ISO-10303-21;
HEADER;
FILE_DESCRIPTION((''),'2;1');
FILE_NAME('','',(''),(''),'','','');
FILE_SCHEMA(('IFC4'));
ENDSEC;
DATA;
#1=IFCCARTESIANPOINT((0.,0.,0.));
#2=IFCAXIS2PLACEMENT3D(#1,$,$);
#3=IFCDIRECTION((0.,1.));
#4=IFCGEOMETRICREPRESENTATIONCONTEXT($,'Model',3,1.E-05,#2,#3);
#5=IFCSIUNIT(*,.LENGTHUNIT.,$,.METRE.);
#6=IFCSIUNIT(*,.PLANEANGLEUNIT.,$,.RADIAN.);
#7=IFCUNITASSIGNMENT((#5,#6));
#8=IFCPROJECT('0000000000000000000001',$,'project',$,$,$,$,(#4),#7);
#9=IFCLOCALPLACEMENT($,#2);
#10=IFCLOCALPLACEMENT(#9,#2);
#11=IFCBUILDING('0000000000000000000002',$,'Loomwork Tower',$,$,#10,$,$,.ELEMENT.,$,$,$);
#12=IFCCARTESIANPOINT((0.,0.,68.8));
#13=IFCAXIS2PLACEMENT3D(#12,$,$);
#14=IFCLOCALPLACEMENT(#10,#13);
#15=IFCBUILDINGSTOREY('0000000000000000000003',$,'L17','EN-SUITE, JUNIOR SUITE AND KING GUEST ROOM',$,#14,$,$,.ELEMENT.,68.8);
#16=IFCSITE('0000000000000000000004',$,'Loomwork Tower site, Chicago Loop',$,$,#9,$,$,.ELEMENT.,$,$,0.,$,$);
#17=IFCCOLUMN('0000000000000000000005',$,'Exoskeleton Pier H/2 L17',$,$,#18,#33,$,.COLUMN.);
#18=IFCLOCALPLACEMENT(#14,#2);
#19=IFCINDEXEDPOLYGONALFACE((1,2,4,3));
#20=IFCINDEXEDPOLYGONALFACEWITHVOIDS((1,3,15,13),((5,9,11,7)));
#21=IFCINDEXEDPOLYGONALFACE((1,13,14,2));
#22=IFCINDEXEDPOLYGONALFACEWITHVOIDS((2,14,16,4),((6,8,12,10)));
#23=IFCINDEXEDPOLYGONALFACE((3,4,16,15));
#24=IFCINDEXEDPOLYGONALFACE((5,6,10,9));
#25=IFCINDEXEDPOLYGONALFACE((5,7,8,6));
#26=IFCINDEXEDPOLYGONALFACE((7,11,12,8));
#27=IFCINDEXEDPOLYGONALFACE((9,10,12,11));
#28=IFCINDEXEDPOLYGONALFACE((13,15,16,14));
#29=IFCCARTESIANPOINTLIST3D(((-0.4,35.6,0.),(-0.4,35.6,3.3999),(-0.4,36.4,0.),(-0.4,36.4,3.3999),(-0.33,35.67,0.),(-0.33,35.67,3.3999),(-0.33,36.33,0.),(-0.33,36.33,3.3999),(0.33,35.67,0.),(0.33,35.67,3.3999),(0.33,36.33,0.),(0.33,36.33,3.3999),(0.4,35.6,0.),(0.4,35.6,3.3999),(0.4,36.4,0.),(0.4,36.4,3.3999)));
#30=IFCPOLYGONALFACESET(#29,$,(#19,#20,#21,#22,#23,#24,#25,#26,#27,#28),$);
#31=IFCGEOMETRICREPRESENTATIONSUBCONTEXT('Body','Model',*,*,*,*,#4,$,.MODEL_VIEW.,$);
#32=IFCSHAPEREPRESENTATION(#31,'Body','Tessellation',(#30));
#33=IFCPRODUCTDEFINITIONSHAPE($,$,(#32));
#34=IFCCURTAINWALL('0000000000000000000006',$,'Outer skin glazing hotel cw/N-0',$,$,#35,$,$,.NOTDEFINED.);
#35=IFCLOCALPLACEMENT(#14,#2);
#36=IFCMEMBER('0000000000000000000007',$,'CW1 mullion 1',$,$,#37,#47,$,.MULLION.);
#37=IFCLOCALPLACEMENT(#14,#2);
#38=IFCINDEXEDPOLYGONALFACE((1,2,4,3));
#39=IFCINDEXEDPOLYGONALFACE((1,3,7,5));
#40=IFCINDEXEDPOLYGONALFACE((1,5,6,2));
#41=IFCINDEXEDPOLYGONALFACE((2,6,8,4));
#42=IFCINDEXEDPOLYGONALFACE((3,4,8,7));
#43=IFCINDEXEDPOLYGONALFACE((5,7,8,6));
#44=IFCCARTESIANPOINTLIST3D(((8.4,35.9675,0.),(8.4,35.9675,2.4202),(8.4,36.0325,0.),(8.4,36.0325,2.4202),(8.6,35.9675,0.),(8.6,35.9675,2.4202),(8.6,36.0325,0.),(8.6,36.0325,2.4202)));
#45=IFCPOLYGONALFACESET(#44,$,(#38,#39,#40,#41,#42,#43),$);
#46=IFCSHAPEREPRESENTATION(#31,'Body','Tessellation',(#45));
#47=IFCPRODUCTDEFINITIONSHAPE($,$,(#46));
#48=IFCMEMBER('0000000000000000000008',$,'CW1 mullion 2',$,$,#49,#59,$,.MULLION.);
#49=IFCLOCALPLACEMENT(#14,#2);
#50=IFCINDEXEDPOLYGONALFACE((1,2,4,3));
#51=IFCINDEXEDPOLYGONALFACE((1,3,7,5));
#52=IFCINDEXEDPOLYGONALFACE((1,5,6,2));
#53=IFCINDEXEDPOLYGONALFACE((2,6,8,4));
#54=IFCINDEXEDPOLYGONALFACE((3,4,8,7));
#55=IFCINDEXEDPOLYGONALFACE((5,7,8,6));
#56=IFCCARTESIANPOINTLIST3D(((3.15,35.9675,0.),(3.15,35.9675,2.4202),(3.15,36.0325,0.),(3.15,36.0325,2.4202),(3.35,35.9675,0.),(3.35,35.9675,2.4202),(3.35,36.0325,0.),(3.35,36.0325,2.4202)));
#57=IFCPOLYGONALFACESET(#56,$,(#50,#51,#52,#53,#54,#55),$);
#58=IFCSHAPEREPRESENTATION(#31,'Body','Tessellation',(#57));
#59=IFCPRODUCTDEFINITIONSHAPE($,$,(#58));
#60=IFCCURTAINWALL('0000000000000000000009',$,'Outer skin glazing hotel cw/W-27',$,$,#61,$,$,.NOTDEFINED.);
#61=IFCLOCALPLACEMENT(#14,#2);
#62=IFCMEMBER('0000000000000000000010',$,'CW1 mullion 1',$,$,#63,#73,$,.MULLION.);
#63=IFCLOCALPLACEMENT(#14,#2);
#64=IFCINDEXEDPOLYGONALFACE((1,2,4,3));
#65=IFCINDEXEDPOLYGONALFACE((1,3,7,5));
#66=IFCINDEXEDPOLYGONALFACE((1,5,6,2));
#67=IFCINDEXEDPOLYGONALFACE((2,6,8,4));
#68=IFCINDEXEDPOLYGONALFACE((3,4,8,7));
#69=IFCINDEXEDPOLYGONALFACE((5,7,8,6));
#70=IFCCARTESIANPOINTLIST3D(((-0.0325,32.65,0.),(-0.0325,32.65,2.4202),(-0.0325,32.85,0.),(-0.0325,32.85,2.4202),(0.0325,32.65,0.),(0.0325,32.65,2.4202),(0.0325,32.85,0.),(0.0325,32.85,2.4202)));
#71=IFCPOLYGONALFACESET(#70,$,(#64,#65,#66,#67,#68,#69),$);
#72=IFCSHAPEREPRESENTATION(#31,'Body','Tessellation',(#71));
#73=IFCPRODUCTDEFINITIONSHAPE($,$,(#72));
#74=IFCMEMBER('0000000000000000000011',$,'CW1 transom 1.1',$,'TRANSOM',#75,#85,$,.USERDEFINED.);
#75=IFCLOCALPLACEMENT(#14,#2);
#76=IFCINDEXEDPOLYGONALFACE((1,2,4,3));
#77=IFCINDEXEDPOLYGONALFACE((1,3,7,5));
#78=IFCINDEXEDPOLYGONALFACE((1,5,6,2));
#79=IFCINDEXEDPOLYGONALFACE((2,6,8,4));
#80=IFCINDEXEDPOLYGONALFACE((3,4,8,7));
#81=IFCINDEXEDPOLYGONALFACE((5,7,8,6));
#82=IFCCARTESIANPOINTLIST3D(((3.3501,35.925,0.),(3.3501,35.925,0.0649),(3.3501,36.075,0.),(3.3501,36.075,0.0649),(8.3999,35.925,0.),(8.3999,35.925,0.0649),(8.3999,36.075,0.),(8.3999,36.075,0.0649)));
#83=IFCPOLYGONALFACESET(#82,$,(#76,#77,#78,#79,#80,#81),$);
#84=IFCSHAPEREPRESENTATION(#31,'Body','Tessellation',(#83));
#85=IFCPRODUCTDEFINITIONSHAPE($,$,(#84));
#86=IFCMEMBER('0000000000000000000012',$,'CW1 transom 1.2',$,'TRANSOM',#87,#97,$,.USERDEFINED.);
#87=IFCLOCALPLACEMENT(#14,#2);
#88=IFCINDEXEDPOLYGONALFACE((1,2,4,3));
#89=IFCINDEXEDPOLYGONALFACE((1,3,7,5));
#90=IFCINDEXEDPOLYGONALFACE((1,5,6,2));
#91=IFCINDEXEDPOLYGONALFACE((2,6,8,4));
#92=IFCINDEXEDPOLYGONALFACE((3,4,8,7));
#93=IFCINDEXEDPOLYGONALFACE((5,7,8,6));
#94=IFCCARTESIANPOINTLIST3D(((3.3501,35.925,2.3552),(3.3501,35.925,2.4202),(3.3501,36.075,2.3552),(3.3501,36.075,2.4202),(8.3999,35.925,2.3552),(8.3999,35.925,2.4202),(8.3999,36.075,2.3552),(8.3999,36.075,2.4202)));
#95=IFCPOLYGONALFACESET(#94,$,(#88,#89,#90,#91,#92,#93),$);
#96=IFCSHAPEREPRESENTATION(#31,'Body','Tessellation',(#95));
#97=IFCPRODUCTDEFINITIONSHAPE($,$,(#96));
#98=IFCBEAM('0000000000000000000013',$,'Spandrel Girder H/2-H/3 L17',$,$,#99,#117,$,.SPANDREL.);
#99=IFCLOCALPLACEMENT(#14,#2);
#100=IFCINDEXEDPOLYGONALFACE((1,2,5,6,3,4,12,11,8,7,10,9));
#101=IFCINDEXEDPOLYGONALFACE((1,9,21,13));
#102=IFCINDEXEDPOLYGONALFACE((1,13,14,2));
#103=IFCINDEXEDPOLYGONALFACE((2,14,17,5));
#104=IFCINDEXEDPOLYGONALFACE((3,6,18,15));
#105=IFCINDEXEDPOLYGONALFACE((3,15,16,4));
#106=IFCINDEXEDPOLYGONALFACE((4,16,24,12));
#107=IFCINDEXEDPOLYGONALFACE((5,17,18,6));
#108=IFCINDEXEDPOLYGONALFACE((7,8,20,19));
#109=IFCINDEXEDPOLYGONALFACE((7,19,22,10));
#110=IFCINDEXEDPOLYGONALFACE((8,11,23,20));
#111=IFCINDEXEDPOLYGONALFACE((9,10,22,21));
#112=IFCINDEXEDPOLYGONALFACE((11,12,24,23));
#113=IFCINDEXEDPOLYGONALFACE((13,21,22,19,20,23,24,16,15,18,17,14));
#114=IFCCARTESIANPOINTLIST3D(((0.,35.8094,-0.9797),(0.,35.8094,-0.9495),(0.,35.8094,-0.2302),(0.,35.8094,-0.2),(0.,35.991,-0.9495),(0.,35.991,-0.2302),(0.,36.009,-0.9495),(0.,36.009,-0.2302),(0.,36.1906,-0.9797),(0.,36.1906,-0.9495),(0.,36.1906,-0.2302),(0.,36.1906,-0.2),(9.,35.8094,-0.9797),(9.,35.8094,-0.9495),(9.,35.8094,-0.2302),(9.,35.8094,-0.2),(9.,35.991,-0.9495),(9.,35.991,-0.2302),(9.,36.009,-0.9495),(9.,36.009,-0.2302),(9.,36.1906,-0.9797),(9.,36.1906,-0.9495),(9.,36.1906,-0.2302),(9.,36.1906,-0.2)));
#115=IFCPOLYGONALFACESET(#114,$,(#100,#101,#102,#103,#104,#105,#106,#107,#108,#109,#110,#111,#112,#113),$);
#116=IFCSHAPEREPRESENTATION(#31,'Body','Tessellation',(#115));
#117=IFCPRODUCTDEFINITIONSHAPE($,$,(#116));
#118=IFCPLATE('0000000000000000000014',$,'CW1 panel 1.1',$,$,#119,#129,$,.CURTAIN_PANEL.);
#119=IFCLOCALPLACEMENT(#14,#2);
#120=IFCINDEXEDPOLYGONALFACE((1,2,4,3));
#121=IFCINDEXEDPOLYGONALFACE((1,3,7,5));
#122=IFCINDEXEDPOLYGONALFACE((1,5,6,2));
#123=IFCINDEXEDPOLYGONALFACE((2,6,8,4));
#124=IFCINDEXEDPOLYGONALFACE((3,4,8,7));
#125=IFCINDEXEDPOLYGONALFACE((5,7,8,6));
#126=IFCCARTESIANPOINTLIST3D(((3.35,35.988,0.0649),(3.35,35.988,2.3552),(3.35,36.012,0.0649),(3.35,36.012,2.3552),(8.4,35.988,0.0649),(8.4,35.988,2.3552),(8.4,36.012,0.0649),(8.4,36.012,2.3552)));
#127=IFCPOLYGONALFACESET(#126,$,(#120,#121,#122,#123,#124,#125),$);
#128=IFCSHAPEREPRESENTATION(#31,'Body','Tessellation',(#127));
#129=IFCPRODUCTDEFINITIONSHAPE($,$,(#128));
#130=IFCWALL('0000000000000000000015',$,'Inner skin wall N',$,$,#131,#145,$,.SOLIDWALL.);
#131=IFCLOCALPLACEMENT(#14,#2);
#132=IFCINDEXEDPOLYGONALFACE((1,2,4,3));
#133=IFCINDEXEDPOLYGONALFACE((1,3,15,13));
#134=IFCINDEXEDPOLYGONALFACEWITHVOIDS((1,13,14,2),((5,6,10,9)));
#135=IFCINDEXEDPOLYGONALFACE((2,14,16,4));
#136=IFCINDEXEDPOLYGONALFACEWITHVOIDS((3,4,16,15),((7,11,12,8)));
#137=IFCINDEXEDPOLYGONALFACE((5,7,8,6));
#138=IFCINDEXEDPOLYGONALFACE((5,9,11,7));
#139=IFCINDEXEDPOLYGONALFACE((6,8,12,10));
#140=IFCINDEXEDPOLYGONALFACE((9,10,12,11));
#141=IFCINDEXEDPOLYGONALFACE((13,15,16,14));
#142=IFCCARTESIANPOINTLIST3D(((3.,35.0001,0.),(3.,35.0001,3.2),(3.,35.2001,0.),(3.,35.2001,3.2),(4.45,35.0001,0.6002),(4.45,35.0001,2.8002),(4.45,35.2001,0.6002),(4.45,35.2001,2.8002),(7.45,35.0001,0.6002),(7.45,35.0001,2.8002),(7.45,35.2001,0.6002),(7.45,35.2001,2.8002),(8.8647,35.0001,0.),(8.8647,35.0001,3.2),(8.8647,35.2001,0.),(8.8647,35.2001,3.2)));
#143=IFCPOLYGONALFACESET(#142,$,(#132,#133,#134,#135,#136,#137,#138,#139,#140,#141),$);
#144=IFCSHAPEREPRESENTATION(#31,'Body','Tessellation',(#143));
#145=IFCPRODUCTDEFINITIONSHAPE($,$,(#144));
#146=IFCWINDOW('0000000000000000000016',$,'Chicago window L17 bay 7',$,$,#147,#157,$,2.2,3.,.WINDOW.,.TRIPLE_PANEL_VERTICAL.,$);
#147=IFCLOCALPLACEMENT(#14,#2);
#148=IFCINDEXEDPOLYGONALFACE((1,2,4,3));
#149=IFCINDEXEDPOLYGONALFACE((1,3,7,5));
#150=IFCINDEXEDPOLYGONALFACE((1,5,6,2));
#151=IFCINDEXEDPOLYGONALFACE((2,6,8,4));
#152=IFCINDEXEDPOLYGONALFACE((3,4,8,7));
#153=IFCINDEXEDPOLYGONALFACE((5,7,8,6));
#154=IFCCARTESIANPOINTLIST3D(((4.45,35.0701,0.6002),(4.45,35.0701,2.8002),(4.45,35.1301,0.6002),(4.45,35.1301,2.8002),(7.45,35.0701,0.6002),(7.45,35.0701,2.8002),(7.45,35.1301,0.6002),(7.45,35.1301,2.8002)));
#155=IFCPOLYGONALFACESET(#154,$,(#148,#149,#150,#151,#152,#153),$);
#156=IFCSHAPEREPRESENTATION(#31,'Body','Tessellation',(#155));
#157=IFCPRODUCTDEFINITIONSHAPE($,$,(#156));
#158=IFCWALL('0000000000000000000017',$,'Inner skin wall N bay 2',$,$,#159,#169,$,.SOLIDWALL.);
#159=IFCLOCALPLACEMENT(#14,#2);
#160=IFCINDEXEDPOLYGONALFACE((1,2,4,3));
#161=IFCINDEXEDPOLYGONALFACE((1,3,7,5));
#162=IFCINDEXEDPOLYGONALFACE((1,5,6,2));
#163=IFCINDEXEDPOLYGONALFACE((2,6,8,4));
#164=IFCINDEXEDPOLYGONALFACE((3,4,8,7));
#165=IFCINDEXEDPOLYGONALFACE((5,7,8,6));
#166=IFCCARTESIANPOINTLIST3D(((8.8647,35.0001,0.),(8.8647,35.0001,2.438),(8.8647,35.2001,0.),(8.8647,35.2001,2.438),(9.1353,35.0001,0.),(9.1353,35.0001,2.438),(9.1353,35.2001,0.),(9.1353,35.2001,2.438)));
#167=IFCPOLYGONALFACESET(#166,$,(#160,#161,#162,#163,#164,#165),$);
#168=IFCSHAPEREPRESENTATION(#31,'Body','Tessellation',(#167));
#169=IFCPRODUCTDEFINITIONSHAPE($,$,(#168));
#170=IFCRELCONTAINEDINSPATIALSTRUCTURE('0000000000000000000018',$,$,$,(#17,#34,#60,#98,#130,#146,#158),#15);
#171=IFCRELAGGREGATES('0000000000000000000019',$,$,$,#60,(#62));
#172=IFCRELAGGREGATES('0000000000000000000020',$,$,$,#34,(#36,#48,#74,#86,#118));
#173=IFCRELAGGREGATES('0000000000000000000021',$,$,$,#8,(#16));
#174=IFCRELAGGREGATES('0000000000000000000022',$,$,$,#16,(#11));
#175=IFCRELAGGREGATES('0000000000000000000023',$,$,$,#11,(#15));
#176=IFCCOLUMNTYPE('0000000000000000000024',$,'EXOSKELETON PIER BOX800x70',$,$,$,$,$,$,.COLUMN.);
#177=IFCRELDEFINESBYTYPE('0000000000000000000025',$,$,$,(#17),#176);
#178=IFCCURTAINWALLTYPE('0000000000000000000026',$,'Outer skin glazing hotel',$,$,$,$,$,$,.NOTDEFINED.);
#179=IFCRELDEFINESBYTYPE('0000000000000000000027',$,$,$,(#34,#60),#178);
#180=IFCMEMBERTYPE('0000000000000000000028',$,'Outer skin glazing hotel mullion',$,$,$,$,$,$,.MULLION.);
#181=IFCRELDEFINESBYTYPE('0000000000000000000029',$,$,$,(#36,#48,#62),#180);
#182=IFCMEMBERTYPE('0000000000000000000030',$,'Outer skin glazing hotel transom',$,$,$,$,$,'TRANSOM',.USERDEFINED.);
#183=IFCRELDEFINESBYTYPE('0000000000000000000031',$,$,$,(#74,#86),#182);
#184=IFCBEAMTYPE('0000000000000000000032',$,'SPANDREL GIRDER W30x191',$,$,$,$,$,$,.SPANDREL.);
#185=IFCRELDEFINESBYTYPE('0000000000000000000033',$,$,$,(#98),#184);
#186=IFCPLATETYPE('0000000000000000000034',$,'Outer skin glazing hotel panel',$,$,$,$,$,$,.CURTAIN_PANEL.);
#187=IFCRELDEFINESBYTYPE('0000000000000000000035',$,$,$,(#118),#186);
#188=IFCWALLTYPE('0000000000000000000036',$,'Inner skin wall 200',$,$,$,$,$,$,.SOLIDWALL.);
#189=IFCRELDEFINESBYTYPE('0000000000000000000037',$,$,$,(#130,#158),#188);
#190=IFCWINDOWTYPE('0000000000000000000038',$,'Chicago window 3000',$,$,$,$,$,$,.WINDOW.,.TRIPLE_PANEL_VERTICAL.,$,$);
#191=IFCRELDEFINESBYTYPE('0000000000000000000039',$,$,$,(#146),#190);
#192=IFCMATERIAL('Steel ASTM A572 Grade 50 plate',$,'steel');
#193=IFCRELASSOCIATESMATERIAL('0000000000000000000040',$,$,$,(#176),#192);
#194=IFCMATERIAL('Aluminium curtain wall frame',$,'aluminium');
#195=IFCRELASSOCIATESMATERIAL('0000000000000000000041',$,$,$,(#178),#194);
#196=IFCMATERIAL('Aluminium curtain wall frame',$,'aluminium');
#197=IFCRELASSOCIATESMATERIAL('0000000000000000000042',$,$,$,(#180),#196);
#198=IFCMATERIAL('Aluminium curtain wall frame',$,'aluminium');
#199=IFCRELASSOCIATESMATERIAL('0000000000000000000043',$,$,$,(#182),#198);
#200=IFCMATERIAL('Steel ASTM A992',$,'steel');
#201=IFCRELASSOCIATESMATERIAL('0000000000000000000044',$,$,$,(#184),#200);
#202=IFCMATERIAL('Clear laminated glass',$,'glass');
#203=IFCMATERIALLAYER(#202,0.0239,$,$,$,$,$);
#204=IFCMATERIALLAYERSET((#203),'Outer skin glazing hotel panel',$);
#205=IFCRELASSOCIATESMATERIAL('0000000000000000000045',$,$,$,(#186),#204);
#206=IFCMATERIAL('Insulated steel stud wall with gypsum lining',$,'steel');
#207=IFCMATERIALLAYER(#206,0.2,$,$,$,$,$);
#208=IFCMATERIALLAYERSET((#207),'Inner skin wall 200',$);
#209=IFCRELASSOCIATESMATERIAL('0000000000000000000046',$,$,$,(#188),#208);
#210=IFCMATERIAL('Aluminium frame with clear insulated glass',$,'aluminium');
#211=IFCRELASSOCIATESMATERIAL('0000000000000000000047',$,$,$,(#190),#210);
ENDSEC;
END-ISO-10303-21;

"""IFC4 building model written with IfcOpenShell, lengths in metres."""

from ifc_helpers import new_model, si_unit, direction, frame, frame_2d, origin, origin_2d, place, context, subcontext, project, spatial, rectangle, hollow_rectangle, i_section, extrude, material, layer, layer_set, material_profile, profile_set, type_object, element, fill, aggregate, save


model = new_model("IFC4")

# Units and contexts
model_context = context("Model", 3, precision=1e-05, world=origin(), true_north=direction((0.0, 1.0)))
body_context = subcontext(model_context, "Body", "Model", "MODEL_VIEW")
ifc_project = project(units=[si_unit("LENGTHUNIT", "METRE"), si_unit("PLANEANGLEUNIT", "RADIAN")], contexts=[model_context])

# Site, building, storey
site_placement = place(None, origin())
site = spatial("IfcSite", under=ifc_project, at=site_placement, Name="Loomwork Tower site, Chicago Loop", CompositionType="ELEMENT", RefElevation=0.0)
building_placement = place(site_placement, origin())
building = spatial("IfcBuilding", under=site, at=building_placement, Name="Loomwork Tower", CompositionType="ELEMENT")
storey_placement = place(building_placement, frame((0.0, 0.0, 68.8)))
storey = spatial("IfcBuildingStorey", under=building, at=storey_placement, Name="L17", Description="EN-SUITE, JUNIOR SUITE AND KING GUEST ROOM", CompositionType="ELEMENT", Elevation=68.8)

# Column
ifc_material_1 = material(Name="Steel ASTM A572 Grade 50 plate", Category="steel")
ifc_material_profile_1 = material_profile(ifc_material_1, hollow_rectangle(XDim=0.8, YDim=0.8, WallThickness=0.0701, at=origin_2d()), Name="BOX800x70")
ifc_profile_set_1 = profile_set([ifc_material_profile_1], Name="Steel ASTM A572 Grade 50 plate")
column_type = type_object("IfcColumnType", Name="EXOSKELETON PIER BOX800x70", PredefinedType="COLUMN", material=ifc_profile_set_1)
column_placement = place(storey_placement, frame((0.0, 36.0, 0.0), z_axis=(0.0, 0.0, 1.0), x_axis=(1.0, 0.0, 0.0)))
element("IfcColumn", 1, at=column_placement, inside=storey, type_object=column_type, Name="Exoskeleton Pier H/2 L17", PredefinedType="COLUMN", context=body_context, shape_type="SweptSolid", body=[
    extrude(hollow_rectangle(XDim=0.8, YDim=0.8, WallThickness=0.0701, at=origin_2d()), origin(), (0.0, 0.0, 1.0), 3.3999),
])

# Curtain wall, members
ifc_material_2 = material(Name="Aluminium curtain wall frame", Category="aluminium")
curtain_wall_type = type_object("IfcCurtainWallType", Name="Outer skin glazing hotel", PredefinedType="NOTDEFINED", material=ifc_material_2)
curtain_wall_1_placement = place(storey_placement, origin())
curtain_wall_1 = element("IfcCurtainWall", 2, at=curtain_wall_1_placement, inside=storey, type_object=curtain_wall_type, Name="Outer skin glazing hotel cw/N-0", PredefinedType="NOTDEFINED")
ifc_material_3 = material(Name="Aluminium curtain wall frame", Category="aluminium")
ifc_material_profile_2 = material_profile(ifc_material_3, rectangle(XDim=0.0649, YDim=0.2, at=origin_2d()), Name="AL 65x200")
ifc_profile_set_2 = profile_set([ifc_material_profile_2], Name="Aluminium curtain wall frame")
member_type_1 = type_object("IfcMemberType", Name="Outer skin glazing hotel mullion", PredefinedType="MULLION", material=ifc_profile_set_2)
member_1_placement = place(storey_placement, frame((8.5, 36.0, 0.0), z_axis=(0.0, 0.0, 1.0), x_axis=(0.0, -1.0, 0.0)))
member_1 = element("IfcMember", 3, at=member_1_placement, type_object=member_type_1, Name="CW1 mullion 1", PredefinedType="MULLION", context=body_context, shape_type="SweptSolid", body=[
    extrude(rectangle(XDim=0.0649, YDim=0.2, at=origin_2d()), origin(), (0.0, 0.0, 1.0), 2.4202),
])
member_2_placement = place(storey_placement, frame((3.25, 36.0, 0.0), z_axis=(0.0, 0.0, 1.0), x_axis=(0.0, -1.0, 0.0)))
member_2 = element("IfcMember", 4, at=member_2_placement, type_object=member_type_1, Name="CW1 mullion 2", PredefinedType="MULLION", context=body_context, shape_type="SweptSolid", body=[
    extrude(rectangle(XDim=0.0649, YDim=0.2, at=origin_2d()), origin(), (0.0, 0.0, 1.0), 2.4202),
])

# Curtain wall, member
curtain_wall_2_placement = place(storey_placement, origin())
curtain_wall_2 = element("IfcCurtainWall", 5, at=curtain_wall_2_placement, inside=storey, type_object=curtain_wall_type, Name="Outer skin glazing hotel cw/W-27", PredefinedType="NOTDEFINED")
member_3_placement = place(storey_placement, frame((0.0, 32.75, 0.0), z_axis=(0.0, 0.0, 1.0), x_axis=(1.0, 0.0, 0.0)))
member_3 = element("IfcMember", 6, at=member_3_placement, type_object=member_type_1, Name="CW1 mullion 1", PredefinedType="MULLION", context=body_context, shape_type="SweptSolid", body=[
    extrude(rectangle(XDim=0.0649, YDim=0.2, at=origin_2d()), origin(), (0.0, 0.0, 1.0), 2.4202),
])
aggregate(curtain_wall_2, [member_3])

# Members
ifc_material_4 = material(Name="Aluminium curtain wall frame", Category="aluminium")
ifc_material_profile_3 = material_profile(ifc_material_4, rectangle(XDim=0.1499, YDim=0.0649, at=origin_2d()), Name="AL 65x150")
ifc_profile_set_3 = profile_set([ifc_material_profile_3], Name="Aluminium curtain wall frame")
member_type_2 = type_object("IfcMemberType", Name="Outer skin glazing hotel transom", ElementType="TRANSOM", PredefinedType="USERDEFINED", material=ifc_profile_set_3)
member_4_placement = place(storey_placement, frame((8.3999, 36.0, 0.0325), z_axis=(-1.0, 0.0, 0.0), x_axis=(0.0, -1.0, 0.0)))
member_4 = element("IfcMember", 7, at=member_4_placement, type_object=member_type_2, Name="CW1 transom 1.1", ObjectType="TRANSOM", PredefinedType="USERDEFINED", context=body_context, shape_type="SweptSolid", body=[
    extrude(rectangle(XDim=0.1499, YDim=0.0649, at=origin_2d()), origin(), (0.0, 0.0, 1.0), 5.0498),
])
member_5_placement = place(storey_placement, frame((8.3999, 36.0, 2.3877), z_axis=(-1.0, 0.0, 0.0), x_axis=(0.0, -1.0, 0.0)))
member_5 = element("IfcMember", 8, at=member_5_placement, type_object=member_type_2, Name="CW1 transom 1.2", ObjectType="TRANSOM", PredefinedType="USERDEFINED", context=body_context, shape_type="SweptSolid", body=[
    extrude(rectangle(XDim=0.1499, YDim=0.0649, at=origin_2d()), origin(), (0.0, 0.0, 1.0), 5.0498),
])

# Beam
ifc_material_5 = material(Name="Steel ASTM A992", Category="steel")
ifc_material_profile_4 = material_profile(ifc_material_5, i_section(OverallWidth=0.3811, OverallDepth=0.7798, WebThickness=0.0181, FlangeThickness=0.0303, at=origin_2d()), Name="W30x191")
ifc_profile_set_4 = profile_set([ifc_material_profile_4], Name="Steel ASTM A992")
beam_type = type_object("IfcBeamType", Name="SPANDREL GIRDER W30x191", PredefinedType="SPANDREL", material=ifc_profile_set_4)
beam_placement = place(storey_placement, frame((0.0, 36.0, -0.5898), z_axis=(1.0, 0.0, 0.0), x_axis=(0.0, 1.0, 0.0)))
element("IfcBeam", 9, at=beam_placement, inside=storey, type_object=beam_type, Name="Spandrel Girder H/2-H/3 L17", PredefinedType="SPANDREL", context=body_context, shape_type="SweptSolid", body=[
    extrude(i_section(OverallWidth=0.3811, OverallDepth=0.7798, WebThickness=0.0181, FlangeThickness=0.0303, at=origin_2d()), origin(), (0.0, 0.0, 1.0), 9.0),
])

# Plate
ifc_material_6 = material(Name="Clear laminated glass", Category="glass")
ifc_layer_1 = layer(ifc_material_6, 0.0239)
ifc_layer_set_1 = layer_set([ifc_layer_1], Name="Outer skin glazing hotel panel")
plate_type = type_object("IfcPlateType", Name="Outer skin glazing hotel panel", PredefinedType="CURTAIN_PANEL", material=ifc_layer_set_1)
plate_placement = place(storey_placement, frame((5.875, 36.0, 0.0649), z_axis=(0.0, 0.0, 1.0), x_axis=(-1.0, 0.0, 0.0)))
plate = element("IfcPlate", 10, at=plate_placement, type_object=plate_type, Name="CW1 panel 1.1", PredefinedType="CURTAIN_PANEL", context=body_context, shape_type="SweptSolid", body=[
    extrude(rectangle(XDim=5.05, YDim=0.0239, at=origin_2d()), origin(), (0.0, 0.0, 1.0), 2.2903),
])
aggregate(curtain_wall_1, [member_1, member_2, member_4, member_5, plate])

# Wall, opening, window
ifc_material_7 = material(Name="Insulated steel stud wall with gypsum lining", Category="steel")
ifc_layer_2 = layer(ifc_material_7, 0.2)
ifc_layer_set_2 = layer_set([ifc_layer_2], Name="Inner skin wall 200")
wall_type_1 = type_object("IfcWallType", Name="Inner skin wall 200", PredefinedType="SOLIDWALL", material=ifc_layer_set_2)
wall_1_placement = place(storey_placement, frame((3.0, 35.1001, 0.0), z_axis=(0.0, 0.0, 1.0), x_axis=(1.0, 0.0, 0.0)))
wall_1 = element("IfcWall", 11, at=wall_1_placement, inside=storey, type_object=wall_type_1, Name="Inner skin wall N", PredefinedType="SOLIDWALL", context=body_context, shape_type="SweptSolid", body=[
    extrude(rectangle(XDim=5.8647, YDim=0.2, at=frame_2d((2.9324, 0.0))), origin(), (0.0, 0.0, 1.0), 3.2),
])
opening_1_placement = place(wall_1_placement, frame((1.45, 0.0, 0.6001)))
opening_1 = element("IfcOpeningElement", 12, at=opening_1_placement, cuts=wall_1, PredefinedType="OPENING", context=body_context, shape_type="SweptSolid", body=[
    extrude(rectangle(XDim=3.0, YDim=2.2, at=frame_2d((1.5, 1.1001))), frame((0.0, 0.1099, 0.0), z_axis=(0.0, -1.0, 0.0), x_axis=(1.0, 0.0, 0.0)), (0.0, 0.0, 1.0), 0.22),
])
ifc_material_8 = material(Name="Aluminium frame with clear insulated glass", Category="aluminium")
window_type_1 = type_object("IfcWindowType", Name="Chicago window 3000", PartitioningType="TRIPLE_PANEL_VERTICAL", PredefinedType="WINDOW", material=ifc_material_8)
window_1_placement = place(opening_1_placement, origin())
window_1 = element("IfcWindow", 13, at=window_1_placement, inside=storey, type_object=window_type_1, Name="Chicago window L17 bay 7", OverallHeight=2.2, OverallWidth=3.0, PartitioningType="TRIPLE_PANEL_VERTICAL", PredefinedType="WINDOW", context=body_context, shape_type="SweptSolid", body=[
    extrude(rectangle(XDim=3.0, YDim=2.2, at=frame_2d((1.5, 1.1001))), frame((0.0, 0.03, 0.0), z_axis=(0.0, -1.0, 0.0), x_axis=(1.0, 0.0, 0.0)), (0.0, 0.0, 1.0), 0.0601),
])
fill(opening_1, window_1)

# Wall
wall_2_placement = place(storey_placement, frame((8.8647, 35.1001, 0.0), z_axis=(0.0, 0.0, 1.0), x_axis=(1.0, 0.0, 0.0)))
element("IfcWall", 14, at=wall_2_placement, inside=storey, type_object=wall_type_1, Name="Inner skin wall N bay 2", PredefinedType="SOLIDWALL", context=body_context, shape_type="SweptSolid", body=[
    extrude(rectangle(XDim=0.2705, YDim=0.2, at=frame_2d((0.1353, 0.0))), origin(), (0.0, 0.0, 1.0), 2.438),
])

save(model, "model.ifc")
